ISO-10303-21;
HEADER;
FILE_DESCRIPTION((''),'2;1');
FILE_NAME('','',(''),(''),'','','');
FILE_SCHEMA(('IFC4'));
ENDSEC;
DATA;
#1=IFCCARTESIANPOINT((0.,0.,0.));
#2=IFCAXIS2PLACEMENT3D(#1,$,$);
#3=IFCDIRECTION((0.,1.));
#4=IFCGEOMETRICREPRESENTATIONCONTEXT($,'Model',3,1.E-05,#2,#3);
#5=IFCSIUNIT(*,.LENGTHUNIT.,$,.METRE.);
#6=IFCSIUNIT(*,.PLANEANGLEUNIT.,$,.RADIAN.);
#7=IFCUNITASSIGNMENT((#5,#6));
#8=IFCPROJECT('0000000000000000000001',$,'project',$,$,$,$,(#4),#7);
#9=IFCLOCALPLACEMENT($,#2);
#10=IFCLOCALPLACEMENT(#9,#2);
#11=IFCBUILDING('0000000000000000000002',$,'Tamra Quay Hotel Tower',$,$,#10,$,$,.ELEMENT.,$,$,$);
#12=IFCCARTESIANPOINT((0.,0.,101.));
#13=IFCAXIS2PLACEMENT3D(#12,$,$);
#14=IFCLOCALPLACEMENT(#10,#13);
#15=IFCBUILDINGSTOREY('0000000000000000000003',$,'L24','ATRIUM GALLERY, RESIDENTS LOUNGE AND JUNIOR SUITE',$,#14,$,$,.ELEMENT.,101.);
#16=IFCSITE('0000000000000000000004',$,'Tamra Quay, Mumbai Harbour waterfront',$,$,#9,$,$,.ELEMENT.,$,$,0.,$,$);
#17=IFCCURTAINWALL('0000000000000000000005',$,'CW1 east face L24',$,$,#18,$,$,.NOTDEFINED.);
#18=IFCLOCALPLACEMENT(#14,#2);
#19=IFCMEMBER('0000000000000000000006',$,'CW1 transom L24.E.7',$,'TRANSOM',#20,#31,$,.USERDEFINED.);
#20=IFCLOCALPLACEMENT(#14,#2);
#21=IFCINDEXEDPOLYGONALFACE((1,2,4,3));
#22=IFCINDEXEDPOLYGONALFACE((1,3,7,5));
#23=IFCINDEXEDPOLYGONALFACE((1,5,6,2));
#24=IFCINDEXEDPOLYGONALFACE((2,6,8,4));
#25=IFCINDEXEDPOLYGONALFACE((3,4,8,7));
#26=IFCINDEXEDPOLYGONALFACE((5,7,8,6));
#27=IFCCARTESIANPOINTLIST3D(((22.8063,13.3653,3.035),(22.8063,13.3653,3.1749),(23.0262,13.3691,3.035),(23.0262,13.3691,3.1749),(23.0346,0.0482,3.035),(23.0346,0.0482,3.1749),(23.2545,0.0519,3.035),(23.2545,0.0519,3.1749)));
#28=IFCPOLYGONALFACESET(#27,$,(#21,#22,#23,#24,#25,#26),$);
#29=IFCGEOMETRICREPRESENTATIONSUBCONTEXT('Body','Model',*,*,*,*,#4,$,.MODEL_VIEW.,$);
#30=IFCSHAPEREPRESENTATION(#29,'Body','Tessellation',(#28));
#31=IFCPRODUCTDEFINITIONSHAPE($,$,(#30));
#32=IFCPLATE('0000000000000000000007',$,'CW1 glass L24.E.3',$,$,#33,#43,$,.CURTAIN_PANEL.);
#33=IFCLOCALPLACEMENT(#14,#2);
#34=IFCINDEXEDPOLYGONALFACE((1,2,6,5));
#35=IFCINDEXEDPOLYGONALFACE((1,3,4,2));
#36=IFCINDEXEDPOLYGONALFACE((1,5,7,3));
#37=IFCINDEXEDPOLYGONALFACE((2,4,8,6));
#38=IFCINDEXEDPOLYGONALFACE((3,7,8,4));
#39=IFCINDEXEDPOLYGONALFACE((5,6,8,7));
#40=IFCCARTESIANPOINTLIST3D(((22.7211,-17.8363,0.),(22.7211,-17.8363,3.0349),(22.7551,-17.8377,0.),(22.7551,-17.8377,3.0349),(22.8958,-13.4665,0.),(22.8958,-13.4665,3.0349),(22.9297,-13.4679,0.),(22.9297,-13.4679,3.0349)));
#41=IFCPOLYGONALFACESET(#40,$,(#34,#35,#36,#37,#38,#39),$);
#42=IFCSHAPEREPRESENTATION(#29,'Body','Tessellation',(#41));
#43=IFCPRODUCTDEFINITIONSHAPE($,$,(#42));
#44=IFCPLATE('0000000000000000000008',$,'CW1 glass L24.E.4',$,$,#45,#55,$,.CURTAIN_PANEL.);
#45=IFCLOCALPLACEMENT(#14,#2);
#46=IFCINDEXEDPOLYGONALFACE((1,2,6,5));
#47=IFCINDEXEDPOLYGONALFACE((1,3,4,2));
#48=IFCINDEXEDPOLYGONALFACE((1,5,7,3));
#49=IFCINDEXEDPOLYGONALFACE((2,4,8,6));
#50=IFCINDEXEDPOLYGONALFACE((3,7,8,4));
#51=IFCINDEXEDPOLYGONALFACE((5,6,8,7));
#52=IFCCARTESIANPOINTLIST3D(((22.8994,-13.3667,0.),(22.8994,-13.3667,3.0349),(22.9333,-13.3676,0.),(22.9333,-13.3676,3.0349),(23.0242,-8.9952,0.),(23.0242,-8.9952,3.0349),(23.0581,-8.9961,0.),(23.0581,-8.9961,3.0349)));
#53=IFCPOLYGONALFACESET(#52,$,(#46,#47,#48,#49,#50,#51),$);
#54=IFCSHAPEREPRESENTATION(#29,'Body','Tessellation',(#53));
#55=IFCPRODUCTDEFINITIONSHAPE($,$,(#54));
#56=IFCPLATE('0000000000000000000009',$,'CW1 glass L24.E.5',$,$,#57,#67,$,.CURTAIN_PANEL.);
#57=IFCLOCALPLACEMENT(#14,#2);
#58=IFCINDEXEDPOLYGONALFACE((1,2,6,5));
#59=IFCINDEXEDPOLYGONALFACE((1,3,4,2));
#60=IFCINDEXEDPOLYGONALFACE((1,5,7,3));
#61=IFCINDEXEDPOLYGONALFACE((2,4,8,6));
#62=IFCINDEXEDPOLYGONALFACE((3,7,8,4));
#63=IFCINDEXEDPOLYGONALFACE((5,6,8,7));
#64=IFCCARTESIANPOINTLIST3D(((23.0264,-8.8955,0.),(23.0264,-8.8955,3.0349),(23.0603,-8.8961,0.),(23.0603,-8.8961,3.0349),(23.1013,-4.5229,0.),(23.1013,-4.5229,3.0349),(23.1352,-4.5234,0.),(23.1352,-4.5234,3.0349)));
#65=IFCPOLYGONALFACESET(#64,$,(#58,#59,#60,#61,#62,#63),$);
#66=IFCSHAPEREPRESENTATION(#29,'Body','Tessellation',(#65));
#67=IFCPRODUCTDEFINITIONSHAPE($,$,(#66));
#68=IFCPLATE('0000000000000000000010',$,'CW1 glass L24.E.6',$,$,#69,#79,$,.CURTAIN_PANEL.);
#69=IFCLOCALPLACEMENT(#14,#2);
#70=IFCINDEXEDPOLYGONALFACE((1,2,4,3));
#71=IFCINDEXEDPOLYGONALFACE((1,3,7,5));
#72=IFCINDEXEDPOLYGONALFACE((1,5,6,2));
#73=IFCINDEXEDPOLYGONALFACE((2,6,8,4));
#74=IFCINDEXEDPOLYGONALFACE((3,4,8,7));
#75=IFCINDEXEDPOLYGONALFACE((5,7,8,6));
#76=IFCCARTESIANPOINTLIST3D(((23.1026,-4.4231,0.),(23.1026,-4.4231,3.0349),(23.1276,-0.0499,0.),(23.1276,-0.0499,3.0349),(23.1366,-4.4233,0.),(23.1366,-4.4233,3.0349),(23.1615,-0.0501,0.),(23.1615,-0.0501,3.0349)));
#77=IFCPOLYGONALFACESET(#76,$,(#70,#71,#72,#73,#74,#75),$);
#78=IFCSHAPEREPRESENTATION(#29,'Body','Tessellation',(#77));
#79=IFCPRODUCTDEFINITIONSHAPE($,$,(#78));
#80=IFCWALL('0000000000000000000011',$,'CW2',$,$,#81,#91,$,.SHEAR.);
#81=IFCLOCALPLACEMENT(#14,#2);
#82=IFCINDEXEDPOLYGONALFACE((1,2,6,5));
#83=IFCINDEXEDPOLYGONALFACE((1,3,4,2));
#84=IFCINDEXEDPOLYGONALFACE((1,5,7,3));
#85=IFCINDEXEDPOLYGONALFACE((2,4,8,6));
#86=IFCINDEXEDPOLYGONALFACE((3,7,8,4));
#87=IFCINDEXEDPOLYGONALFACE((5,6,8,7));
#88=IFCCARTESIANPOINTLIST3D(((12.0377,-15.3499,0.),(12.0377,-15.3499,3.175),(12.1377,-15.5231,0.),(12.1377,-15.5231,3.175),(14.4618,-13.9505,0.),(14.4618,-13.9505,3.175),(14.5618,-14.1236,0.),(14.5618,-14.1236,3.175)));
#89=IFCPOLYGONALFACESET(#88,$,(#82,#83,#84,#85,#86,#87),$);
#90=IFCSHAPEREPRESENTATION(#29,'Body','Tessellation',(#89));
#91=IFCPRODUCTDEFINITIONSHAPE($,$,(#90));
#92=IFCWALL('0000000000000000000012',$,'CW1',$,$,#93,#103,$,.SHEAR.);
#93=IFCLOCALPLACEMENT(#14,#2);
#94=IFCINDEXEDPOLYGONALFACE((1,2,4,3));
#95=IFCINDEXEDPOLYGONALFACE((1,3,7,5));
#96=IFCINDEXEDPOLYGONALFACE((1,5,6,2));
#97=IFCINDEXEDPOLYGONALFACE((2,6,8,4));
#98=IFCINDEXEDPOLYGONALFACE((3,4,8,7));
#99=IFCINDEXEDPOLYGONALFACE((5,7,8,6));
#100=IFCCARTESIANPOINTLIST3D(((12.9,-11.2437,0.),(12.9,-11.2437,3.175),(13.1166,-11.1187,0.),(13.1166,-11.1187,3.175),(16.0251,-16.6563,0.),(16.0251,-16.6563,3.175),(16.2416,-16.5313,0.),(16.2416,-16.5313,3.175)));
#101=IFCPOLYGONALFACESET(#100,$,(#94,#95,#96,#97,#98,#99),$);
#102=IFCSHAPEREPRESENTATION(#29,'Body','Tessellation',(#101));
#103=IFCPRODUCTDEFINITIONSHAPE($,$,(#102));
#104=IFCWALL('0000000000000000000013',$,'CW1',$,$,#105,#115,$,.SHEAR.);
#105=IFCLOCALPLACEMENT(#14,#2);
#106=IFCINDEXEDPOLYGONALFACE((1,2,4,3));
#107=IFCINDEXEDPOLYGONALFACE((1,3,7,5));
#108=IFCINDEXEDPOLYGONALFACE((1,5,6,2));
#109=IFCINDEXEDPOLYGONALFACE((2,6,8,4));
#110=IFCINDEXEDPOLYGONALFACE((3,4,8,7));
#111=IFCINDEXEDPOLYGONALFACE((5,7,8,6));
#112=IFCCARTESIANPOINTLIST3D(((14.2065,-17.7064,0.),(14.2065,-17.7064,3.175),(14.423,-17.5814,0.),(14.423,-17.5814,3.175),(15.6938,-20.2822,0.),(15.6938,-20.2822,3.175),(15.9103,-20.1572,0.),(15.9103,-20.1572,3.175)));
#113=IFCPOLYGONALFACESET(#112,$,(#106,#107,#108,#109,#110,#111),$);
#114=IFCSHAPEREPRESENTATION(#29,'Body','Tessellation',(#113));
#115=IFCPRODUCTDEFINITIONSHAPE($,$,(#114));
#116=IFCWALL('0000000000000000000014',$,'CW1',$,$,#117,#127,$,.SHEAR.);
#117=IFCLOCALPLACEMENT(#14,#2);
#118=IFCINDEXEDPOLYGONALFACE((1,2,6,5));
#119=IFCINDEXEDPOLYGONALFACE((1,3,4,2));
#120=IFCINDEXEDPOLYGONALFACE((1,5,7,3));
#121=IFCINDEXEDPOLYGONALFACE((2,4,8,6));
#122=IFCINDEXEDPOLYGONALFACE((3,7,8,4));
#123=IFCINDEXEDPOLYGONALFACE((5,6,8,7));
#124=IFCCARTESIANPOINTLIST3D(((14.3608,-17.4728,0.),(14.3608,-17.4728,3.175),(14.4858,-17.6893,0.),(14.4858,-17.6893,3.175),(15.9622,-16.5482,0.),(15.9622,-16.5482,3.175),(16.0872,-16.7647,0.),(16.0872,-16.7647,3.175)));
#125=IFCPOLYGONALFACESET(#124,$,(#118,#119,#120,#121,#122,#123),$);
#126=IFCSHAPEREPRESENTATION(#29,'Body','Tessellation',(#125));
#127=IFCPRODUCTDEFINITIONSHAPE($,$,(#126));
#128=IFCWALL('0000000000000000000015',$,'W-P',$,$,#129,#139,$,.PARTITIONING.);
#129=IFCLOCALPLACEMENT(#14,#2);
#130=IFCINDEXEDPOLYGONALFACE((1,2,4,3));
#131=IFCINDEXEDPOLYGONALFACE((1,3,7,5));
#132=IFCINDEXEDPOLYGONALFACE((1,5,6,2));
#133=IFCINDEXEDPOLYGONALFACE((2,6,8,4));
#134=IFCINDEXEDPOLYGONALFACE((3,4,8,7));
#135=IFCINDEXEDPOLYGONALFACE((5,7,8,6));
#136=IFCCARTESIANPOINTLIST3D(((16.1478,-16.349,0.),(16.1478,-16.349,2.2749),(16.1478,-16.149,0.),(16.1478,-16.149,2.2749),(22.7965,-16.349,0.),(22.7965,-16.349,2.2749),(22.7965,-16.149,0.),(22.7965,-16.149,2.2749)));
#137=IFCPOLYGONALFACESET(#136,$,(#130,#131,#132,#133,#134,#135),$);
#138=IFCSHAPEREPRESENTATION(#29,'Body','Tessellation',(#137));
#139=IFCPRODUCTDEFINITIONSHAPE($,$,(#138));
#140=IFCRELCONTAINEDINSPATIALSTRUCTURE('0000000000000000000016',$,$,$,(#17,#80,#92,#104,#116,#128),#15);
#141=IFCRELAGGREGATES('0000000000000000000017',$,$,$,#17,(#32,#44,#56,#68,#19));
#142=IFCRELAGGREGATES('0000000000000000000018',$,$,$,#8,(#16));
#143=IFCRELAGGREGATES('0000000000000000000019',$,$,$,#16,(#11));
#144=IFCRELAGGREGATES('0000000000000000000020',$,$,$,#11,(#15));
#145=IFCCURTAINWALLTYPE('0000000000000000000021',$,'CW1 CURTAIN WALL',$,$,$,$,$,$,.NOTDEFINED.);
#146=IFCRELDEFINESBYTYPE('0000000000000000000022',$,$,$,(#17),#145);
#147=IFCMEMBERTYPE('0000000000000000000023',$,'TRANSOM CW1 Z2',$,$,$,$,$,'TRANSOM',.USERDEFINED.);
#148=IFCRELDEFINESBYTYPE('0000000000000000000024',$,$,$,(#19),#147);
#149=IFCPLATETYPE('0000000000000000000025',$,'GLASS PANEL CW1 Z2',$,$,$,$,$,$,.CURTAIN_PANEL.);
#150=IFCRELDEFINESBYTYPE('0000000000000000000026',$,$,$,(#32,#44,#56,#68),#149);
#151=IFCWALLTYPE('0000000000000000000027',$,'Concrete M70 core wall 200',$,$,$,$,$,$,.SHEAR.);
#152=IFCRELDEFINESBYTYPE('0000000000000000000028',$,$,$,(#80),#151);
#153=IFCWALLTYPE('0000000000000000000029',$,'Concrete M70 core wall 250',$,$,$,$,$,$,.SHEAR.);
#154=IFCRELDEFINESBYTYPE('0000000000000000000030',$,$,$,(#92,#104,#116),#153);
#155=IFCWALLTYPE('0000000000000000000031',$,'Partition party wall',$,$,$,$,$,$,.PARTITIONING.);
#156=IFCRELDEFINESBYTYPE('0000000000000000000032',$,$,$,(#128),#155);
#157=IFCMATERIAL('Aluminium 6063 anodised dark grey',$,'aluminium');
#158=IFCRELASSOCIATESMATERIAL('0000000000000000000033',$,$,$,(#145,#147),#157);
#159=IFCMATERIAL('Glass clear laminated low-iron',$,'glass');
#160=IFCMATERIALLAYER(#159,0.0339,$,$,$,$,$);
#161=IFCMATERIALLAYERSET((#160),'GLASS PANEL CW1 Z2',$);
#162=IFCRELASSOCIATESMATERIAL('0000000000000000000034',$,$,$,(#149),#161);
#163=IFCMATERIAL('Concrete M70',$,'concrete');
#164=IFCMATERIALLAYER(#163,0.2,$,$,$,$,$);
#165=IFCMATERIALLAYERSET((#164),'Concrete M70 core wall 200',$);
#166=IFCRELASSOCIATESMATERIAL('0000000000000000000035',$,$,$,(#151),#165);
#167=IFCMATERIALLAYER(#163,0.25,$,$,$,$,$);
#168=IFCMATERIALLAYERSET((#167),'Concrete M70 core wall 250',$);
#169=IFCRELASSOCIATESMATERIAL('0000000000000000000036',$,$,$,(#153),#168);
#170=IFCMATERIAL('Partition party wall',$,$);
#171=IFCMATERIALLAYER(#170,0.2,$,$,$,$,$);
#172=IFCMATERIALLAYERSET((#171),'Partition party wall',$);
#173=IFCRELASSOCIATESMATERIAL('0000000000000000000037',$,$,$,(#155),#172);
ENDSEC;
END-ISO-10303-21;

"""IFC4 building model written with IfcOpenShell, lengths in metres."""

from ifc_helpers import new_model, si_unit, direction, frame, frame_2d, origin, origin_2d, place, context, subcontext, project, spatial, rectangle, extrude, material, layer, layer_set, material_profile, profile_set, type_object, element, aggregate, save


model = new_model("IFC4")

# Units and contexts
model_context = context("Model", 3, precision=1e-05, world=origin(), true_north=direction((0.0, 1.0)))
body_context = subcontext(model_context, "Body", "Model", "MODEL_VIEW")
ifc_project = project(units=[si_unit("LENGTHUNIT", "METRE"), si_unit("PLANEANGLEUNIT", "RADIAN")], contexts=[model_context])

# Site, building, storey
site_placement = place(None, origin())
site = spatial("IfcSite", under=ifc_project, at=site_placement, Name="Tamra Quay, Mumbai Harbour waterfront", CompositionType="ELEMENT", RefElevation=0.0)
building_placement = place(site_placement, origin())
building = spatial("IfcBuilding", under=site, at=building_placement, Name="Tamra Quay Hotel Tower", CompositionType="ELEMENT")
storey_placement = place(building_placement, frame((0.0, 0.0, 101.0)))
storey = spatial("IfcBuildingStorey", under=building, at=storey_placement, Name="L24", Description="ATRIUM GALLERY, RESIDENTS LOUNGE AND JUNIOR SUITE", CompositionType="ELEMENT", Elevation=101.0)

# Shared definitions
ifc_material_1 = material(Name="Concrete M70", Category="concrete")

# Curtain wall
ifc_material_2 = material(Name="Aluminium 6063 anodised dark grey", Category="aluminium")
curtain_wall_type = type_object("IfcCurtainWallType", Name="CW1 CURTAIN WALL", PredefinedType="NOTDEFINED", material=ifc_material_2)
curtain_wall_placement = place(storey_placement, origin())
curtain_wall = element("IfcCurtainWall", 1, at=curtain_wall_placement, inside=storey, type_object=curtain_wall_type, Name="CW1 east face L24", PredefinedType="NOTDEFINED")

# Member
ifc_material_profile_1 = material_profile(ifc_material_2, rectangle(XDim=0.22, YDim=0.1399, at=origin_2d()), Name="TRANSOM 220X140")
ifc_profile_set_1 = profile_set([ifc_material_profile_1], Name="Aluminium 6063 anodised dark grey")
member_type_1 = type_object("IfcMemberType", Name="TRANSOM CW1 Z2", ElementType="TRANSOM", PredefinedType="USERDEFINED", material=ifc_profile_set_1)
member_1_placement = place(storey_placement, frame((23.1445, 0.05, 3.105), z_axis=(-0.017139, 0.999853, 0.0), x_axis=(-0.999853, -0.017139, 0.0)))
member_1 = element("IfcMember", 2, at=member_1_placement, type_object=member_type_1, Name="CW1 transom L24.E.7", ObjectType="TRANSOM", PredefinedType="USERDEFINED", context=body_context, shape_type="SweptSolid", body=[
    extrude(rectangle(XDim=0.22, YDim=0.1399, at=origin_2d()), origin(), (0.0, 0.0, 1.0), 13.3191),
])

# Plates
ifc_material_3 = material(Name="Glass clear laminated low-iron", Category="glass")
ifc_layer_1 = layer(ifc_material_3, 0.0339)
ifc_layer_set_1 = layer_set([ifc_layer_1], Name="GLASS PANEL CW1 Z2")
plate_type = type_object("IfcPlateType", Name="GLASS PANEL CW1 Z2", PredefinedType="CURTAIN_PANEL", material=ifc_layer_set_1)
plate_1_placement = place(storey_placement, frame((22.8254, -15.6521, 0.0), z_axis=(0.0, 0.0, 1.0), x_axis=(0.039944, 0.999202, 0.0)))
plate_1 = element("IfcPlate", 3, at=plate_1_placement, type_object=plate_type, Name="CW1 glass L24.E.3", PredefinedType="CURTAIN_PANEL", context=body_context, shape_type="SweptSolid", body=[
    extrude(rectangle(XDim=4.3733, YDim=0.0339, at=origin_2d()), origin(), (0.0, 0.0, 1.0), 3.0349),
])
plate_2_placement = place(storey_placement, frame((22.9788, -11.1814, 0.0), z_axis=(0.0, 0.0, 1.0), x_axis=(0.028546, 0.999592, 0.0)))
plate_2 = element("IfcPlate", 4, at=plate_2_placement, type_object=plate_type, Name="CW1 glass L24.E.4", PredefinedType="CURTAIN_PANEL", context=body_context, shape_type="SweptSolid", body=[
    extrude(rectangle(XDim=4.3733, YDim=0.0339, at=origin_2d()), origin(), (0.0, 0.0, 1.0), 3.0349),
])
plate_3_placement = place(storey_placement, frame((23.0808, -6.7095, 0.0), z_axis=(0.0, 0.0, 1.0), x_axis=(0.017134, 0.999853, 0.0)))
plate_3 = element("IfcPlate", 5, at=plate_3_placement, type_object=plate_type, Name="CW1 glass L24.E.5", PredefinedType="CURTAIN_PANEL", context=body_context, shape_type="SweptSolid", body=[
    extrude(rectangle(XDim=4.3733, YDim=0.0339, at=origin_2d()), origin(), (0.0, 0.0, 1.0), 3.0349),
])
plate_4_placement = place(storey_placement, frame((23.1321, -2.2366, 0.0), z_axis=(0.0, 0.0, 1.0), x_axis=(0.005713, 0.999984, 0.0)))
plate_4 = element("IfcPlate", 6, at=plate_4_placement, type_object=plate_type, Name="CW1 glass L24.E.6", PredefinedType="CURTAIN_PANEL", context=body_context, shape_type="SweptSolid", body=[
    extrude(rectangle(XDim=4.3733, YDim=0.0339, at=origin_2d()), origin(), (0.0, 0.0, 1.0), 3.0349),
])
aggregate(curtain_wall, [plate_1, plate_2, plate_3, plate_4, member_1])

# Walls
ifc_layer_2 = layer(ifc_material_1, 0.2)
ifc_layer_set_2 = layer_set([ifc_layer_2], Name="Concrete M70 core wall 200")
wall_type_1 = type_object("IfcWallType", Name="Concrete M70 core wall 200", PredefinedType="SHEAR", material=ifc_layer_set_2)
wall_1_placement = place(storey_placement, frame((14.5117, -14.0371, 0.0), z_axis=(0.0, 0.0, 1.0), x_axis=(-0.866045, -0.499967, 0.0)))
element("IfcWall", 7, at=wall_1_placement, inside=storey, type_object=wall_type_1, Name="CW2", PredefinedType="SHEAR", context=body_context, shape_type="SweptSolid", body=[
    extrude(rectangle(XDim=2.7991, YDim=0.2, at=frame_2d((1.3994, 0.0))), origin(), (0.0, 0.0, 1.0), 3.175),
])
ifc_layer_3 = layer(ifc_material_1, 0.25)
ifc_layer_set_3 = layer_set([ifc_layer_3], Name="Concrete M70 core wall 250")
wall_type_2 = type_object("IfcWallType", Name="Concrete M70 core wall 250", PredefinedType="SHEAR", material=ifc_layer_set_3)
wall_2_placement = place(storey_placement, frame((13.0083, -11.1812, 0.0), z_axis=(0.0, 0.0, 1.0), x_axis=(0.500004, -0.866023, 0.0)))
element("IfcWall", 8, at=wall_2_placement, inside=storey, type_object=wall_type_2, Name="CW1", PredefinedType="SHEAR", context=body_context, shape_type="SweptSolid", body=[
    extrude(rectangle(XDim=6.25, YDim=0.25, at=frame_2d((3.125, 0.0))), origin(), (0.0, 0.0, 1.0), 3.175),
])
wall_3_placement = place(storey_placement, frame((14.3147, -17.6438, 0.0), z_axis=(0.0, 0.0, 1.0), x_axis=(0.500023, -0.866012, 0.0)))
element("IfcWall", 9, at=wall_3_placement, inside=storey, type_object=wall_type_2, Name="CW1", PredefinedType="SHEAR", context=body_context, shape_type="SweptSolid", body=[
    extrude(rectangle(XDim=2.9744, YDim=0.25, at=frame_2d((1.4873, 0.0))), origin(), (0.0, 0.0, 1.0), 3.175),
])
wall_4_placement = place(storey_placement, frame((16.0247, -16.6565, 0.0), z_axis=(0.0, 0.0, 1.0), x_axis=(-0.866016, -0.500016, 0.0)))
element("IfcWall", 10, at=wall_4_placement, inside=storey, type_object=wall_type_2, Name="CW1", PredefinedType="SHEAR", context=body_context, shape_type="SweptSolid", body=[
    extrude(rectangle(XDim=1.8491, YDim=0.25, at=frame_2d((0.9246, 0.0))), origin(), (0.0, 0.0, 1.0), 3.175),
])
ifc_material_4 = material(Name="Partition party wall")
ifc_layer_4 = layer(ifc_material_4, 0.2)
ifc_layer_set_4 = layer_set([ifc_layer_4], Name="Partition party wall")
wall_type_3 = type_object("IfcWallType", Name="Partition party wall", PredefinedType="PARTITIONING", material=ifc_layer_set_4)
wall_5_placement = place(storey_placement, frame((16.1479, -16.249, 0.0), z_axis=(0.0, 0.0, 1.0), x_axis=(1.0, 0.0, 0.0)))
element("IfcWall", 11, at=wall_5_placement, inside=storey, type_object=wall_type_3, Name="W-P", PredefinedType="PARTITIONING", context=body_context, shape_type="SweptSolid", body=[
    extrude(rectangle(XDim=6.6487, YDim=0.2, at=frame_2d((3.3242, 0.0))), origin(), (0.0, 0.0, 1.0), 2.2749),
])

save(model, "model.ifc")
